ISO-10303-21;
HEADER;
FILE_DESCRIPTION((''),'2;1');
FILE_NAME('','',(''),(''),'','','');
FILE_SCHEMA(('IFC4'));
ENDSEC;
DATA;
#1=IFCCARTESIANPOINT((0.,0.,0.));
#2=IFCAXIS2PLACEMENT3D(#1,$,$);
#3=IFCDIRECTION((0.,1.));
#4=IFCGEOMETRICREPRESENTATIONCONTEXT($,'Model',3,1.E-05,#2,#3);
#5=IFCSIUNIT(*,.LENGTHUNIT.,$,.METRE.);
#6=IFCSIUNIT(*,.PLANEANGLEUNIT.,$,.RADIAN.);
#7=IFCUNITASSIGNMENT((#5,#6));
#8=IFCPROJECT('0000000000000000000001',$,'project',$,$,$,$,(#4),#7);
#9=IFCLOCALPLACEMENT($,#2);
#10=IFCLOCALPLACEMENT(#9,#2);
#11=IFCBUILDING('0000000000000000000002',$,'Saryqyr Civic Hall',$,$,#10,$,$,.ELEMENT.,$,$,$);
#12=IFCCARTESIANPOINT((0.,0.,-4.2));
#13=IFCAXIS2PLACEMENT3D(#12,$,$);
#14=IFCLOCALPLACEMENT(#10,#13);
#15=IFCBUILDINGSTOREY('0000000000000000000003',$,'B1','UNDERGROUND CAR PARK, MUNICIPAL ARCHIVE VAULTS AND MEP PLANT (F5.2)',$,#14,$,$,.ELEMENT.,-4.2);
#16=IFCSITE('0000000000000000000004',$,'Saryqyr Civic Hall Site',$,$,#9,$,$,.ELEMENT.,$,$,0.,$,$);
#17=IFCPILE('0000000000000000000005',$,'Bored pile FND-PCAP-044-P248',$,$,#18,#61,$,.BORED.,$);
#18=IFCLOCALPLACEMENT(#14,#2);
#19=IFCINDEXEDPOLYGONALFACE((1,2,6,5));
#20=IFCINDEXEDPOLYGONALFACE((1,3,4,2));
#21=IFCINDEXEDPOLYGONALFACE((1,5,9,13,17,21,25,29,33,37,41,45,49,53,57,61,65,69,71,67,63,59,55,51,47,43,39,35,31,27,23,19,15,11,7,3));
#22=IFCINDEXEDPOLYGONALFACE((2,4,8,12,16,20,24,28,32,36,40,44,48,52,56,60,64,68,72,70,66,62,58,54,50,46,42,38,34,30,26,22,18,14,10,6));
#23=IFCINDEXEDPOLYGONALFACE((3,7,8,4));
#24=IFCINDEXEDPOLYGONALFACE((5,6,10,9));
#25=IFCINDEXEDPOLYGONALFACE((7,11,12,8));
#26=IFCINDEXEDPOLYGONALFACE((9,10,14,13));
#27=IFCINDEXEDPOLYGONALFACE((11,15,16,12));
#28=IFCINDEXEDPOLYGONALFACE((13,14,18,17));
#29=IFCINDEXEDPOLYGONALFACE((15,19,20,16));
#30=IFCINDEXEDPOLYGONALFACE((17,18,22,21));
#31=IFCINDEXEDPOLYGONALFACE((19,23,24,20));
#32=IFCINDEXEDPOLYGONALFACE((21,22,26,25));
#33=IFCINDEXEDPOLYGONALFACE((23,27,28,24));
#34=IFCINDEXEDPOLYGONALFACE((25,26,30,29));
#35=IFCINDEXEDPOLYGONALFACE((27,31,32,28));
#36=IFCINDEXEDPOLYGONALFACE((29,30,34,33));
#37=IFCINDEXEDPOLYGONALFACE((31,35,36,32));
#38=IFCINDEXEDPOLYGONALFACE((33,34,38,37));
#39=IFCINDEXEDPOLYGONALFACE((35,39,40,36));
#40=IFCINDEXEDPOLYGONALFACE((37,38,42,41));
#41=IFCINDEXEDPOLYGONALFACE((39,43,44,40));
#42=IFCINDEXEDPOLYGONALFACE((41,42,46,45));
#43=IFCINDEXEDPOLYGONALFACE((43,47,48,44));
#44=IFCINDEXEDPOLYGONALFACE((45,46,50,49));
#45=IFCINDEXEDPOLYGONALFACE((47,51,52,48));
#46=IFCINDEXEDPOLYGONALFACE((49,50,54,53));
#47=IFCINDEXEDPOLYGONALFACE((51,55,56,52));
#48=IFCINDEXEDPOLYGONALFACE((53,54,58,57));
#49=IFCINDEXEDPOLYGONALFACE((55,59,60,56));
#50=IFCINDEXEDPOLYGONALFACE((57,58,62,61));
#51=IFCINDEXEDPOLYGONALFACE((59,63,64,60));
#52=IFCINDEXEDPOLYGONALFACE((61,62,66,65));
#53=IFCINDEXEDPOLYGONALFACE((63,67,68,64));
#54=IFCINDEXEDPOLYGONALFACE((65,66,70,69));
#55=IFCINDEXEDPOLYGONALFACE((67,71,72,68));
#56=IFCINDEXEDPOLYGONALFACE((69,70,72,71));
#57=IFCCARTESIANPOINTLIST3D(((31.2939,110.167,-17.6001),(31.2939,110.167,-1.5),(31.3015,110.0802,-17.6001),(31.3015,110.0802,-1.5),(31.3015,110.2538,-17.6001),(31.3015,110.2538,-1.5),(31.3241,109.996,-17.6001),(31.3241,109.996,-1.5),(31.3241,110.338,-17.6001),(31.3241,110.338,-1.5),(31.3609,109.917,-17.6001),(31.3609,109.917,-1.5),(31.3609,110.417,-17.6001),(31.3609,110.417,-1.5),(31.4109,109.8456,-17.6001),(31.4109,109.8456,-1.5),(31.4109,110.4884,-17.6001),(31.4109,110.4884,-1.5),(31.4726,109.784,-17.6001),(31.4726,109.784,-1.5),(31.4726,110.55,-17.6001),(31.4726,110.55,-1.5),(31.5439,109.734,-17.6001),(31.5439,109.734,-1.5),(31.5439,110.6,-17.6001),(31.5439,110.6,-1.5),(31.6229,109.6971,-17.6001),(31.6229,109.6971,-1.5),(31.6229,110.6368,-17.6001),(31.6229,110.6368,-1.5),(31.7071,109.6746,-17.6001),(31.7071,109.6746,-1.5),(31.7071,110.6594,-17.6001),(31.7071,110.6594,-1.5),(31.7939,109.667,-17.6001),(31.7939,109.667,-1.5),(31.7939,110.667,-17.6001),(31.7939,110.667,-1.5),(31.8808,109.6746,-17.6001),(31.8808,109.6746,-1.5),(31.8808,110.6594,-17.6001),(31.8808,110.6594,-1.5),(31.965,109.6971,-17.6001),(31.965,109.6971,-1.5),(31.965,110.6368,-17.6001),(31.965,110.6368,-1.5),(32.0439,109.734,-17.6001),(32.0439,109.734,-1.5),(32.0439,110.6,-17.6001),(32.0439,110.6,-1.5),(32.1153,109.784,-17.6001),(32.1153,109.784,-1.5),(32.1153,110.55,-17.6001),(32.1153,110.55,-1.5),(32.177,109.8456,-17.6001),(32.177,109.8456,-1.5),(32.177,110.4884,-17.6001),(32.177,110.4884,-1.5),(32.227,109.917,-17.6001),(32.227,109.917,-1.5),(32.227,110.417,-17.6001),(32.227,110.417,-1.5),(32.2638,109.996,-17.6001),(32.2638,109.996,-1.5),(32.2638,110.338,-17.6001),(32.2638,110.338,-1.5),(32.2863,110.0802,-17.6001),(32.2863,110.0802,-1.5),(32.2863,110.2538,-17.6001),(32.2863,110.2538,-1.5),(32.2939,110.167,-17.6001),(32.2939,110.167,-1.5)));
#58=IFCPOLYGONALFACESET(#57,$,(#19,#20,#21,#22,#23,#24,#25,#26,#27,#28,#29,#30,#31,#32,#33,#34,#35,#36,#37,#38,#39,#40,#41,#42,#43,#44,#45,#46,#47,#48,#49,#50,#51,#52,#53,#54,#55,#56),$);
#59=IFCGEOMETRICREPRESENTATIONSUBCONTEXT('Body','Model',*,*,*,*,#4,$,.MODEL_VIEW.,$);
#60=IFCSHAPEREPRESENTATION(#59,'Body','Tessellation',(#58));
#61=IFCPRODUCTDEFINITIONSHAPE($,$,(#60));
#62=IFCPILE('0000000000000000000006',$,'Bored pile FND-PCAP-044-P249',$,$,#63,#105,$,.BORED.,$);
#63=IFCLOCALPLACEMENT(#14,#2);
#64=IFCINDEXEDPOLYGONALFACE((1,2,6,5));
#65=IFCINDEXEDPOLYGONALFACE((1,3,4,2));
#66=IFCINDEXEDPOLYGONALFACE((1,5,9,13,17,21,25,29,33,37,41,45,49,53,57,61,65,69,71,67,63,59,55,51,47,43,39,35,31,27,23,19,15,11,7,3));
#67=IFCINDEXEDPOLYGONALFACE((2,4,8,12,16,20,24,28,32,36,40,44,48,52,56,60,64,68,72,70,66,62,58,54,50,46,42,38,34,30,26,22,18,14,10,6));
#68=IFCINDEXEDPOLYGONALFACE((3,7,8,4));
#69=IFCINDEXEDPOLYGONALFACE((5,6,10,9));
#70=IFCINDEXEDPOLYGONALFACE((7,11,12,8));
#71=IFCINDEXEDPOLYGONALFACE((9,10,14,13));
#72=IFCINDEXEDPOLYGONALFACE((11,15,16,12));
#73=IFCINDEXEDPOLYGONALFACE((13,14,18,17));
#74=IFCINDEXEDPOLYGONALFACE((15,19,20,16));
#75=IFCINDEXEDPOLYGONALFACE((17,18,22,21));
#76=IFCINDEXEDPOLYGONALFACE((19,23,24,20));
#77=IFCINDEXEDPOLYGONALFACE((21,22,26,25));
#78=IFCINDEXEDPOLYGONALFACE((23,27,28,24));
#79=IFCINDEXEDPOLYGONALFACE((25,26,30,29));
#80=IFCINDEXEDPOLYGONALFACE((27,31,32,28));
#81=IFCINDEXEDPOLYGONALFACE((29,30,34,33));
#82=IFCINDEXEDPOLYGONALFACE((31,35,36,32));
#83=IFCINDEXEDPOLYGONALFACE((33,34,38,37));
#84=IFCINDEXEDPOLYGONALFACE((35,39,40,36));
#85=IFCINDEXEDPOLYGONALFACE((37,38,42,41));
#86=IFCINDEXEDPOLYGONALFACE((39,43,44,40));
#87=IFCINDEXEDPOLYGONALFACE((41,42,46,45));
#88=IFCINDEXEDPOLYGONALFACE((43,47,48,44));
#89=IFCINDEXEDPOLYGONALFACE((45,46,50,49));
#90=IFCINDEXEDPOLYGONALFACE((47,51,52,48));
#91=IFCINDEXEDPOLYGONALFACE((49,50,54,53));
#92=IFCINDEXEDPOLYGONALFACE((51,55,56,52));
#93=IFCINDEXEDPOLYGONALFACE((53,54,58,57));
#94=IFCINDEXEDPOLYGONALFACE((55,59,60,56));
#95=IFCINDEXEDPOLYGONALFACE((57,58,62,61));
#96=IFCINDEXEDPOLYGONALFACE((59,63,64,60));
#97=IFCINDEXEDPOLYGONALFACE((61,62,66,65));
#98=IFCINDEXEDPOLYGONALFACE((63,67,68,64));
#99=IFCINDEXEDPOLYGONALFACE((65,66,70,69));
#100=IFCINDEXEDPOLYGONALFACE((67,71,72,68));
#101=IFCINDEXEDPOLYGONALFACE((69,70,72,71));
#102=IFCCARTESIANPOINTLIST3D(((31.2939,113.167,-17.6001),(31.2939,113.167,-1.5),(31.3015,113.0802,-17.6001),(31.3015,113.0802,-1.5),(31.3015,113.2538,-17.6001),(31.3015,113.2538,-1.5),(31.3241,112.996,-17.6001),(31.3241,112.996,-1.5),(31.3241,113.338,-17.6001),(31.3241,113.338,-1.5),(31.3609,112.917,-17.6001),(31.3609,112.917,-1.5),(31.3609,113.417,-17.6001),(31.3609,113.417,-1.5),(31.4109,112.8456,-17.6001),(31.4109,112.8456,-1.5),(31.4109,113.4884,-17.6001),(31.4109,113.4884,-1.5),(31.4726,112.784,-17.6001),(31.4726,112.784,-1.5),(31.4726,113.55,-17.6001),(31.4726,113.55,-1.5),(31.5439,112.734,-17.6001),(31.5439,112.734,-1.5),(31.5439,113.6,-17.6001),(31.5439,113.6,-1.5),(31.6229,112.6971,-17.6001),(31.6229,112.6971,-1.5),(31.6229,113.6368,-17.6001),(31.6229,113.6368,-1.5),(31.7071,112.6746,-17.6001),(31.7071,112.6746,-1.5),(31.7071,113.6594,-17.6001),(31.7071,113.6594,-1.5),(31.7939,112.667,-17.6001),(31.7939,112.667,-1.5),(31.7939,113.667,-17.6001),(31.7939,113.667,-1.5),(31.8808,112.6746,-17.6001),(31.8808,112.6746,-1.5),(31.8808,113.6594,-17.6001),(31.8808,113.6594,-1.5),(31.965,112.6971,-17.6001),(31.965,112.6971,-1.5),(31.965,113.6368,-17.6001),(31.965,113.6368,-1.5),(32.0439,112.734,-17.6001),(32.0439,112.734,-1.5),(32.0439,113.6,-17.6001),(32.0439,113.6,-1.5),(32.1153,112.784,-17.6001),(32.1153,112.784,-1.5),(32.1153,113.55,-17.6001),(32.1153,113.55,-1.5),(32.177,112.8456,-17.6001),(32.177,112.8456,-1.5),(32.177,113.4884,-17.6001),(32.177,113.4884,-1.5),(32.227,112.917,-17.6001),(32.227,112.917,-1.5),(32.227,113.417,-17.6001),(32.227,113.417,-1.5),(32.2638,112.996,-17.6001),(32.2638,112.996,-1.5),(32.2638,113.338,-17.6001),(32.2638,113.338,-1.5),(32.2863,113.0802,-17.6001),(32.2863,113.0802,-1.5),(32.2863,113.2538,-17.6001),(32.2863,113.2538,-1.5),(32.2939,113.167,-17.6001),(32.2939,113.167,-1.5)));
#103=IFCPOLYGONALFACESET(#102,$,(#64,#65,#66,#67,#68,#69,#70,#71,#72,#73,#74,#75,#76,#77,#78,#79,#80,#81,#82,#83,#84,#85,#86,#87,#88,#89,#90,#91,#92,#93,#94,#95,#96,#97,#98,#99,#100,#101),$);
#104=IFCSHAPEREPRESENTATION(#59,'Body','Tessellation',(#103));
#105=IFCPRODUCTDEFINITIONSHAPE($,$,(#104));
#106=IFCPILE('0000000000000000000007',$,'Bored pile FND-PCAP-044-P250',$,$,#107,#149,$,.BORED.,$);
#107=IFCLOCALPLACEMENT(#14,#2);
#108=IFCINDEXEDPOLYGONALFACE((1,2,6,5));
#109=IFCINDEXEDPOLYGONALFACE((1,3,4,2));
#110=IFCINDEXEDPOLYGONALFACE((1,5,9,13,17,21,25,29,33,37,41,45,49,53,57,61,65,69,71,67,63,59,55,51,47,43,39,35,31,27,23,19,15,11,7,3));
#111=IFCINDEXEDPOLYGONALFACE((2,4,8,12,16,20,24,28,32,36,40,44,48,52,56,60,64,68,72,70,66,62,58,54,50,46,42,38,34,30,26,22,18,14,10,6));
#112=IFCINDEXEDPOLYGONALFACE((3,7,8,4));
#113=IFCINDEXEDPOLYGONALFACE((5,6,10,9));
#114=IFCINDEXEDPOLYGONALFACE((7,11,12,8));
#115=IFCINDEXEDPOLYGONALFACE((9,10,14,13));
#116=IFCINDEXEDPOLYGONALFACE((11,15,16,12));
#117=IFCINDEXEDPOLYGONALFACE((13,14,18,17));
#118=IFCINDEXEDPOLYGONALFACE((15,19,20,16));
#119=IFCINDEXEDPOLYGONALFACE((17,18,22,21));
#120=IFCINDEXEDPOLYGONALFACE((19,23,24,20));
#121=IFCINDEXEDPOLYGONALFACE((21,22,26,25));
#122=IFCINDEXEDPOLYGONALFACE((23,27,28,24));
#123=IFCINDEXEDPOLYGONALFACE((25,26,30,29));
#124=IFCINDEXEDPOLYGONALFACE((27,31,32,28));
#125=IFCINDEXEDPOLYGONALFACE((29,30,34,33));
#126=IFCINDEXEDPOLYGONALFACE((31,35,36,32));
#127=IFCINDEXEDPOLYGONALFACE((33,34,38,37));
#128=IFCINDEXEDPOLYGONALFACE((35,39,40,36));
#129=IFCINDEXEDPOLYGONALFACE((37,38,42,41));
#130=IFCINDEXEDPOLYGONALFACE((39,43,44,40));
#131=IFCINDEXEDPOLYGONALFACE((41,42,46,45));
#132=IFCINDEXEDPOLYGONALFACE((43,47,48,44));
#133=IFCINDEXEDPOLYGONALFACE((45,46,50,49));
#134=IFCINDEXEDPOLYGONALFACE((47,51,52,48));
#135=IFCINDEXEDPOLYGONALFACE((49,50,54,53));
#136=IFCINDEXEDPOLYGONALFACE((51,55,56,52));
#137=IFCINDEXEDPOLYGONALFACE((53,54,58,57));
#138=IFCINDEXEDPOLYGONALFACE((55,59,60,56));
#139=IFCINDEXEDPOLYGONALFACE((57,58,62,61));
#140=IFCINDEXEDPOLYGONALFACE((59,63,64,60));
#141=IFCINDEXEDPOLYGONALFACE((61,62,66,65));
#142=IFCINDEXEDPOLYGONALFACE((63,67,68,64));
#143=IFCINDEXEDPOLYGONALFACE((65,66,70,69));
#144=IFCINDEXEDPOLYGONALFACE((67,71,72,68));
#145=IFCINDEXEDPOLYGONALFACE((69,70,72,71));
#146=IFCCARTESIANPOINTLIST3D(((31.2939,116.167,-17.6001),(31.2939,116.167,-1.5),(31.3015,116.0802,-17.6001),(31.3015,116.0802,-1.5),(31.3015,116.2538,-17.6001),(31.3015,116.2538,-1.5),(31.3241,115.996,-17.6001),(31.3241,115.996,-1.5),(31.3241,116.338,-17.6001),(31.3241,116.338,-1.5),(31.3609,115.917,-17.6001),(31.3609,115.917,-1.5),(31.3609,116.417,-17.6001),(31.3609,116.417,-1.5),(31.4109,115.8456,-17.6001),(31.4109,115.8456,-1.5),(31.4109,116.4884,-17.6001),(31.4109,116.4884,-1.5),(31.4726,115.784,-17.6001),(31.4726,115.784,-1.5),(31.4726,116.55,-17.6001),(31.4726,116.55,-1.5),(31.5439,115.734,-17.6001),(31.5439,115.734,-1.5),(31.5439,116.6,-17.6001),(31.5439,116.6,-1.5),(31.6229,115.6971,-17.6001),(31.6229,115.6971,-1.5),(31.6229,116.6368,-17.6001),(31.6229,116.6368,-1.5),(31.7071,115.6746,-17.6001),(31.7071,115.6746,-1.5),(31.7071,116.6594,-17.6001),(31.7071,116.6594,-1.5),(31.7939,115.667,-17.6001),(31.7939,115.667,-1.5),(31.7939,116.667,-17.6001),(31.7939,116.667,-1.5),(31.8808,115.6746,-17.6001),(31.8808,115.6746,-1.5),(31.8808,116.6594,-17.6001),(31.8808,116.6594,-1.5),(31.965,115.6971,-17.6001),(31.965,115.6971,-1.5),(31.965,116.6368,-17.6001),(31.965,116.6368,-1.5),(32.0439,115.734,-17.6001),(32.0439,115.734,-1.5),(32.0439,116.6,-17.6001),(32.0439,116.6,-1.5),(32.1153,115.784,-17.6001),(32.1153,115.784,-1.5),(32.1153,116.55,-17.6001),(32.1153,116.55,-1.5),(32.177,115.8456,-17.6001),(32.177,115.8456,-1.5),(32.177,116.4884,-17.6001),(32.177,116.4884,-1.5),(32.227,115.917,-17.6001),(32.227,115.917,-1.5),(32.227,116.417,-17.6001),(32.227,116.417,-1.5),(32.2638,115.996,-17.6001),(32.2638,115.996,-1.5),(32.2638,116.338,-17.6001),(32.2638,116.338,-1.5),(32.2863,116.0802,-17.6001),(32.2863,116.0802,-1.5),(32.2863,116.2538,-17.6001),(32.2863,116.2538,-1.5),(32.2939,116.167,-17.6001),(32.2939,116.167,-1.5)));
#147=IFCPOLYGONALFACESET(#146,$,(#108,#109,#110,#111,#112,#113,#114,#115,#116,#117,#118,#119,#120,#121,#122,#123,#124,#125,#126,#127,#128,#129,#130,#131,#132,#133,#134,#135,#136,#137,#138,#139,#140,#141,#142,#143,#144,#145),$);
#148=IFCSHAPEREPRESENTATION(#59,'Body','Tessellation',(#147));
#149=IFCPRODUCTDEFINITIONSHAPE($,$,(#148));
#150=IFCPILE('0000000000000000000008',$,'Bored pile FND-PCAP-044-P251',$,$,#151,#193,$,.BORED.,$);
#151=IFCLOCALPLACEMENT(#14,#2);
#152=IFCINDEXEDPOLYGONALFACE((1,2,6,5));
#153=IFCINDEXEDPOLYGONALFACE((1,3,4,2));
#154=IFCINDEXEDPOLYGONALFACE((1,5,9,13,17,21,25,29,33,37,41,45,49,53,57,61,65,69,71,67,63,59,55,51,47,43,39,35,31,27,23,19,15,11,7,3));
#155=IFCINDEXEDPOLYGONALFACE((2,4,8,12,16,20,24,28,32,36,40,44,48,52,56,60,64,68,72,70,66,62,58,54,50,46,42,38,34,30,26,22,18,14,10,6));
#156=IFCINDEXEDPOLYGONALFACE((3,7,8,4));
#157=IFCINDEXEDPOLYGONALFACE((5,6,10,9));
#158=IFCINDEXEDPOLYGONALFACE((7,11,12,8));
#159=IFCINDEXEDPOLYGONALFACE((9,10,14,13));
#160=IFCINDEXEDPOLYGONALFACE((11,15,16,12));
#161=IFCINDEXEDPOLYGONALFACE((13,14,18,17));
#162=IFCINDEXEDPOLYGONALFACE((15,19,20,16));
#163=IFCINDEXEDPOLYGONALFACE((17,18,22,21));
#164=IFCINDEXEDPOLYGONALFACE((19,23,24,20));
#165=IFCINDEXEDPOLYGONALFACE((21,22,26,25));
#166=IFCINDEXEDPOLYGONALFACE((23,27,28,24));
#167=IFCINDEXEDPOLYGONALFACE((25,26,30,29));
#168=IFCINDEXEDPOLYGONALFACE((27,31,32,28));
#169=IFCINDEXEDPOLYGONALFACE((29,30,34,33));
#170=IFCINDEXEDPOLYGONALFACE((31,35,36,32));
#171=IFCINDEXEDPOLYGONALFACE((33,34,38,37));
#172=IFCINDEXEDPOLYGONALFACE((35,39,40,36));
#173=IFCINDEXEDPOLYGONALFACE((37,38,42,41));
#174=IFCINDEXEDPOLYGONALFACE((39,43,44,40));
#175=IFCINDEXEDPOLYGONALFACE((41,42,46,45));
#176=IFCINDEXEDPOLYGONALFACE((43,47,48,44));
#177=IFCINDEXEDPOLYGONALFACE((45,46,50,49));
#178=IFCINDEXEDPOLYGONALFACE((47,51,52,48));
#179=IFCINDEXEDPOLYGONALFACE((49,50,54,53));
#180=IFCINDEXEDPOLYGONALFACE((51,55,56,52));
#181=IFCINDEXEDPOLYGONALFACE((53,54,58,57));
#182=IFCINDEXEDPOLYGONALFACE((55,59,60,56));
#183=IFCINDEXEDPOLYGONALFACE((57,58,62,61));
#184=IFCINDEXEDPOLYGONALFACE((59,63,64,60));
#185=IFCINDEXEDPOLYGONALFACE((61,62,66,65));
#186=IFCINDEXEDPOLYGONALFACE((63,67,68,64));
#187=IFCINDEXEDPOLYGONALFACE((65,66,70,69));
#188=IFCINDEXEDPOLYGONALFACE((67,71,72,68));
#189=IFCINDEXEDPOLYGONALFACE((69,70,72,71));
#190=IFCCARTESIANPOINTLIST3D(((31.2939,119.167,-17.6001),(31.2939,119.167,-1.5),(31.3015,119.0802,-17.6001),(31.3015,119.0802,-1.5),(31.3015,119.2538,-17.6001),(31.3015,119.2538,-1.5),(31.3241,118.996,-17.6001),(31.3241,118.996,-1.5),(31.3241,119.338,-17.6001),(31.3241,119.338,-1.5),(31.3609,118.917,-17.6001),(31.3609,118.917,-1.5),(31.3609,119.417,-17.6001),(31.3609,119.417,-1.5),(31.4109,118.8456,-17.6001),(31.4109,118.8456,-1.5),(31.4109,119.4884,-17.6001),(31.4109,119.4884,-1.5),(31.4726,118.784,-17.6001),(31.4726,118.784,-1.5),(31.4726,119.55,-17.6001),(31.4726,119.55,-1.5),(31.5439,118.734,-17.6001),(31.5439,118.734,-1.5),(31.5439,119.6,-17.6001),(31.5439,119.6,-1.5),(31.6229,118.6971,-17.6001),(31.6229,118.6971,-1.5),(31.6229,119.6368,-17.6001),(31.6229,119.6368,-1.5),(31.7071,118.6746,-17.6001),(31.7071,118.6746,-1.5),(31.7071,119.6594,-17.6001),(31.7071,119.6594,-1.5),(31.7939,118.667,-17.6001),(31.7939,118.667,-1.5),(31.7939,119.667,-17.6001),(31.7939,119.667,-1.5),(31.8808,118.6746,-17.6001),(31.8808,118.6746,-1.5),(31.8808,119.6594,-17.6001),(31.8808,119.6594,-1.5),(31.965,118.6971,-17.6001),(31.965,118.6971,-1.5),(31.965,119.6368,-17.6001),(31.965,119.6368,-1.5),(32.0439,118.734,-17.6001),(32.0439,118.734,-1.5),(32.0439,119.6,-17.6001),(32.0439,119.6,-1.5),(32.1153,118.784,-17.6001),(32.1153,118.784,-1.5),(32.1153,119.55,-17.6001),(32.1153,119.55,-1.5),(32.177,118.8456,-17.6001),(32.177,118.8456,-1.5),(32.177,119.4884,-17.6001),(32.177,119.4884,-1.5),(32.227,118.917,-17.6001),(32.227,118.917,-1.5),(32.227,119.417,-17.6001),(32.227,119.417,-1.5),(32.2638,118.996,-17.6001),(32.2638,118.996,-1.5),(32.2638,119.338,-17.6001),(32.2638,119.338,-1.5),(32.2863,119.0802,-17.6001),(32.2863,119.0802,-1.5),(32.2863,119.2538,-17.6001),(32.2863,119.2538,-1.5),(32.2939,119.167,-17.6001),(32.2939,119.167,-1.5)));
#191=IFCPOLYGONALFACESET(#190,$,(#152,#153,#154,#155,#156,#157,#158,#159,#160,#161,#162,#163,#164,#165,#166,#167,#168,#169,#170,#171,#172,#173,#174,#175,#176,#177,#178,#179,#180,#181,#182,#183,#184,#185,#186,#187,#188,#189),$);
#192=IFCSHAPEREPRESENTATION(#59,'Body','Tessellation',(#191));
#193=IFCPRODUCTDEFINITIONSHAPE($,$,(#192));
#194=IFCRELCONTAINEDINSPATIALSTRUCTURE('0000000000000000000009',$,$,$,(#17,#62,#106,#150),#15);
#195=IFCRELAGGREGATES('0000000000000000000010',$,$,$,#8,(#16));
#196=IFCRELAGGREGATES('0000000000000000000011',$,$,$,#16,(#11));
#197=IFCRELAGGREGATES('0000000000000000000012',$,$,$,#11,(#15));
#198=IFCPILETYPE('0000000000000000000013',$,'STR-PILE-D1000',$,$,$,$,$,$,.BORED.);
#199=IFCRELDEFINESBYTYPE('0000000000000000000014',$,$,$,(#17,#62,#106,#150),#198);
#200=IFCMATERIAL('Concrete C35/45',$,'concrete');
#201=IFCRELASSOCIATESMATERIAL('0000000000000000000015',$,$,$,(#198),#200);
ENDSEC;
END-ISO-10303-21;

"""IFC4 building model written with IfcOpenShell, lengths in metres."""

from ifc_helpers import new_model, si_unit, direction, frame, origin, origin_2d, place, context, subcontext, project, spatial, circle, extrude, material, material_profile, profile_set, type_object, element, save


model = new_model("IFC4")

# Units and contexts
model_context = context("Model", 3, precision=1e-05, world=origin(), true_north=direction((0.0, 1.0)))
body_context = subcontext(model_context, "Body", "Model", "MODEL_VIEW")
ifc_project = project(units=[si_unit("LENGTHUNIT", "METRE"), si_unit("PLANEANGLEUNIT", "RADIAN")], contexts=[model_context])

# Site, building, storey
site_placement = place(None, origin())
site = spatial("IfcSite", under=ifc_project, at=site_placement, Name="Saryqyr Civic Hall Site", CompositionType="ELEMENT", RefElevation=0.0)
building_placement = place(site_placement, origin())
building = spatial("IfcBuilding", under=site, at=building_placement, Name="Saryqyr Civic Hall", CompositionType="ELEMENT")
storey_placement = place(building_placement, frame((0.0, 0.0, -4.2)))
storey = spatial("IfcBuildingStorey", under=building, at=storey_placement, Name="B1", Description="UNDERGROUND CAR PARK, MUNICIPAL ARCHIVE VAULTS AND MEP PLANT (F5.2)", CompositionType="ELEMENT", Elevation=-4.2)

# Shared definitions
ifc_material_1 = material(Name="Concrete C35/45", Category="concrete")

# Piles
ifc_material_profile_1 = material_profile(ifc_material_1, circle(Radius=0.5, at=origin_2d()), Name="BORED PILE D1000")
ifc_profile_set_1 = profile_set([ifc_material_profile_1], Name="Concrete C35/45")
pile_type = type_object("IfcPileType", Name="STR-PILE-D1000", PredefinedType="BORED", material=ifc_profile_set_1)
for number, where, z_axis, x_axis, name in (
    (1, (31.7939, 110.167, -1.5), (0.0, 0.0, -1.0), (1.0, 0.0, 0.0), "Bored pile FND-PCAP-044-P248"),
    (2, (31.7939, 113.167, -1.5), (0.0, 0.0, -1.0), (1.0, 0.0, 0.0), "Bored pile FND-PCAP-044-P249"),
    (3, (31.7939, 116.167, -1.5), (0.0, 0.0, -1.0), (1.0, 0.0, 0.0), "Bored pile FND-PCAP-044-P250"),
    (4, (31.7939, 119.167, -1.5), (0.0, 0.0, -1.0), (1.0, 0.0, 0.0), "Bored pile FND-PCAP-044-P251"),
):
    element("IfcPile", number, at=place(storey_placement, frame(where, z_axis=z_axis, x_axis=x_axis)), inside=storey, type_object=pile_type, Name=name, PredefinedType="BORED", context=body_context, shape_type="SweptSolid", body=[
        extrude(circle(Radius=0.5, at=origin_2d()), origin(), (0.0, 0.0, 1.0), 16.1001),
    ])

save(model, "model.ifc")
